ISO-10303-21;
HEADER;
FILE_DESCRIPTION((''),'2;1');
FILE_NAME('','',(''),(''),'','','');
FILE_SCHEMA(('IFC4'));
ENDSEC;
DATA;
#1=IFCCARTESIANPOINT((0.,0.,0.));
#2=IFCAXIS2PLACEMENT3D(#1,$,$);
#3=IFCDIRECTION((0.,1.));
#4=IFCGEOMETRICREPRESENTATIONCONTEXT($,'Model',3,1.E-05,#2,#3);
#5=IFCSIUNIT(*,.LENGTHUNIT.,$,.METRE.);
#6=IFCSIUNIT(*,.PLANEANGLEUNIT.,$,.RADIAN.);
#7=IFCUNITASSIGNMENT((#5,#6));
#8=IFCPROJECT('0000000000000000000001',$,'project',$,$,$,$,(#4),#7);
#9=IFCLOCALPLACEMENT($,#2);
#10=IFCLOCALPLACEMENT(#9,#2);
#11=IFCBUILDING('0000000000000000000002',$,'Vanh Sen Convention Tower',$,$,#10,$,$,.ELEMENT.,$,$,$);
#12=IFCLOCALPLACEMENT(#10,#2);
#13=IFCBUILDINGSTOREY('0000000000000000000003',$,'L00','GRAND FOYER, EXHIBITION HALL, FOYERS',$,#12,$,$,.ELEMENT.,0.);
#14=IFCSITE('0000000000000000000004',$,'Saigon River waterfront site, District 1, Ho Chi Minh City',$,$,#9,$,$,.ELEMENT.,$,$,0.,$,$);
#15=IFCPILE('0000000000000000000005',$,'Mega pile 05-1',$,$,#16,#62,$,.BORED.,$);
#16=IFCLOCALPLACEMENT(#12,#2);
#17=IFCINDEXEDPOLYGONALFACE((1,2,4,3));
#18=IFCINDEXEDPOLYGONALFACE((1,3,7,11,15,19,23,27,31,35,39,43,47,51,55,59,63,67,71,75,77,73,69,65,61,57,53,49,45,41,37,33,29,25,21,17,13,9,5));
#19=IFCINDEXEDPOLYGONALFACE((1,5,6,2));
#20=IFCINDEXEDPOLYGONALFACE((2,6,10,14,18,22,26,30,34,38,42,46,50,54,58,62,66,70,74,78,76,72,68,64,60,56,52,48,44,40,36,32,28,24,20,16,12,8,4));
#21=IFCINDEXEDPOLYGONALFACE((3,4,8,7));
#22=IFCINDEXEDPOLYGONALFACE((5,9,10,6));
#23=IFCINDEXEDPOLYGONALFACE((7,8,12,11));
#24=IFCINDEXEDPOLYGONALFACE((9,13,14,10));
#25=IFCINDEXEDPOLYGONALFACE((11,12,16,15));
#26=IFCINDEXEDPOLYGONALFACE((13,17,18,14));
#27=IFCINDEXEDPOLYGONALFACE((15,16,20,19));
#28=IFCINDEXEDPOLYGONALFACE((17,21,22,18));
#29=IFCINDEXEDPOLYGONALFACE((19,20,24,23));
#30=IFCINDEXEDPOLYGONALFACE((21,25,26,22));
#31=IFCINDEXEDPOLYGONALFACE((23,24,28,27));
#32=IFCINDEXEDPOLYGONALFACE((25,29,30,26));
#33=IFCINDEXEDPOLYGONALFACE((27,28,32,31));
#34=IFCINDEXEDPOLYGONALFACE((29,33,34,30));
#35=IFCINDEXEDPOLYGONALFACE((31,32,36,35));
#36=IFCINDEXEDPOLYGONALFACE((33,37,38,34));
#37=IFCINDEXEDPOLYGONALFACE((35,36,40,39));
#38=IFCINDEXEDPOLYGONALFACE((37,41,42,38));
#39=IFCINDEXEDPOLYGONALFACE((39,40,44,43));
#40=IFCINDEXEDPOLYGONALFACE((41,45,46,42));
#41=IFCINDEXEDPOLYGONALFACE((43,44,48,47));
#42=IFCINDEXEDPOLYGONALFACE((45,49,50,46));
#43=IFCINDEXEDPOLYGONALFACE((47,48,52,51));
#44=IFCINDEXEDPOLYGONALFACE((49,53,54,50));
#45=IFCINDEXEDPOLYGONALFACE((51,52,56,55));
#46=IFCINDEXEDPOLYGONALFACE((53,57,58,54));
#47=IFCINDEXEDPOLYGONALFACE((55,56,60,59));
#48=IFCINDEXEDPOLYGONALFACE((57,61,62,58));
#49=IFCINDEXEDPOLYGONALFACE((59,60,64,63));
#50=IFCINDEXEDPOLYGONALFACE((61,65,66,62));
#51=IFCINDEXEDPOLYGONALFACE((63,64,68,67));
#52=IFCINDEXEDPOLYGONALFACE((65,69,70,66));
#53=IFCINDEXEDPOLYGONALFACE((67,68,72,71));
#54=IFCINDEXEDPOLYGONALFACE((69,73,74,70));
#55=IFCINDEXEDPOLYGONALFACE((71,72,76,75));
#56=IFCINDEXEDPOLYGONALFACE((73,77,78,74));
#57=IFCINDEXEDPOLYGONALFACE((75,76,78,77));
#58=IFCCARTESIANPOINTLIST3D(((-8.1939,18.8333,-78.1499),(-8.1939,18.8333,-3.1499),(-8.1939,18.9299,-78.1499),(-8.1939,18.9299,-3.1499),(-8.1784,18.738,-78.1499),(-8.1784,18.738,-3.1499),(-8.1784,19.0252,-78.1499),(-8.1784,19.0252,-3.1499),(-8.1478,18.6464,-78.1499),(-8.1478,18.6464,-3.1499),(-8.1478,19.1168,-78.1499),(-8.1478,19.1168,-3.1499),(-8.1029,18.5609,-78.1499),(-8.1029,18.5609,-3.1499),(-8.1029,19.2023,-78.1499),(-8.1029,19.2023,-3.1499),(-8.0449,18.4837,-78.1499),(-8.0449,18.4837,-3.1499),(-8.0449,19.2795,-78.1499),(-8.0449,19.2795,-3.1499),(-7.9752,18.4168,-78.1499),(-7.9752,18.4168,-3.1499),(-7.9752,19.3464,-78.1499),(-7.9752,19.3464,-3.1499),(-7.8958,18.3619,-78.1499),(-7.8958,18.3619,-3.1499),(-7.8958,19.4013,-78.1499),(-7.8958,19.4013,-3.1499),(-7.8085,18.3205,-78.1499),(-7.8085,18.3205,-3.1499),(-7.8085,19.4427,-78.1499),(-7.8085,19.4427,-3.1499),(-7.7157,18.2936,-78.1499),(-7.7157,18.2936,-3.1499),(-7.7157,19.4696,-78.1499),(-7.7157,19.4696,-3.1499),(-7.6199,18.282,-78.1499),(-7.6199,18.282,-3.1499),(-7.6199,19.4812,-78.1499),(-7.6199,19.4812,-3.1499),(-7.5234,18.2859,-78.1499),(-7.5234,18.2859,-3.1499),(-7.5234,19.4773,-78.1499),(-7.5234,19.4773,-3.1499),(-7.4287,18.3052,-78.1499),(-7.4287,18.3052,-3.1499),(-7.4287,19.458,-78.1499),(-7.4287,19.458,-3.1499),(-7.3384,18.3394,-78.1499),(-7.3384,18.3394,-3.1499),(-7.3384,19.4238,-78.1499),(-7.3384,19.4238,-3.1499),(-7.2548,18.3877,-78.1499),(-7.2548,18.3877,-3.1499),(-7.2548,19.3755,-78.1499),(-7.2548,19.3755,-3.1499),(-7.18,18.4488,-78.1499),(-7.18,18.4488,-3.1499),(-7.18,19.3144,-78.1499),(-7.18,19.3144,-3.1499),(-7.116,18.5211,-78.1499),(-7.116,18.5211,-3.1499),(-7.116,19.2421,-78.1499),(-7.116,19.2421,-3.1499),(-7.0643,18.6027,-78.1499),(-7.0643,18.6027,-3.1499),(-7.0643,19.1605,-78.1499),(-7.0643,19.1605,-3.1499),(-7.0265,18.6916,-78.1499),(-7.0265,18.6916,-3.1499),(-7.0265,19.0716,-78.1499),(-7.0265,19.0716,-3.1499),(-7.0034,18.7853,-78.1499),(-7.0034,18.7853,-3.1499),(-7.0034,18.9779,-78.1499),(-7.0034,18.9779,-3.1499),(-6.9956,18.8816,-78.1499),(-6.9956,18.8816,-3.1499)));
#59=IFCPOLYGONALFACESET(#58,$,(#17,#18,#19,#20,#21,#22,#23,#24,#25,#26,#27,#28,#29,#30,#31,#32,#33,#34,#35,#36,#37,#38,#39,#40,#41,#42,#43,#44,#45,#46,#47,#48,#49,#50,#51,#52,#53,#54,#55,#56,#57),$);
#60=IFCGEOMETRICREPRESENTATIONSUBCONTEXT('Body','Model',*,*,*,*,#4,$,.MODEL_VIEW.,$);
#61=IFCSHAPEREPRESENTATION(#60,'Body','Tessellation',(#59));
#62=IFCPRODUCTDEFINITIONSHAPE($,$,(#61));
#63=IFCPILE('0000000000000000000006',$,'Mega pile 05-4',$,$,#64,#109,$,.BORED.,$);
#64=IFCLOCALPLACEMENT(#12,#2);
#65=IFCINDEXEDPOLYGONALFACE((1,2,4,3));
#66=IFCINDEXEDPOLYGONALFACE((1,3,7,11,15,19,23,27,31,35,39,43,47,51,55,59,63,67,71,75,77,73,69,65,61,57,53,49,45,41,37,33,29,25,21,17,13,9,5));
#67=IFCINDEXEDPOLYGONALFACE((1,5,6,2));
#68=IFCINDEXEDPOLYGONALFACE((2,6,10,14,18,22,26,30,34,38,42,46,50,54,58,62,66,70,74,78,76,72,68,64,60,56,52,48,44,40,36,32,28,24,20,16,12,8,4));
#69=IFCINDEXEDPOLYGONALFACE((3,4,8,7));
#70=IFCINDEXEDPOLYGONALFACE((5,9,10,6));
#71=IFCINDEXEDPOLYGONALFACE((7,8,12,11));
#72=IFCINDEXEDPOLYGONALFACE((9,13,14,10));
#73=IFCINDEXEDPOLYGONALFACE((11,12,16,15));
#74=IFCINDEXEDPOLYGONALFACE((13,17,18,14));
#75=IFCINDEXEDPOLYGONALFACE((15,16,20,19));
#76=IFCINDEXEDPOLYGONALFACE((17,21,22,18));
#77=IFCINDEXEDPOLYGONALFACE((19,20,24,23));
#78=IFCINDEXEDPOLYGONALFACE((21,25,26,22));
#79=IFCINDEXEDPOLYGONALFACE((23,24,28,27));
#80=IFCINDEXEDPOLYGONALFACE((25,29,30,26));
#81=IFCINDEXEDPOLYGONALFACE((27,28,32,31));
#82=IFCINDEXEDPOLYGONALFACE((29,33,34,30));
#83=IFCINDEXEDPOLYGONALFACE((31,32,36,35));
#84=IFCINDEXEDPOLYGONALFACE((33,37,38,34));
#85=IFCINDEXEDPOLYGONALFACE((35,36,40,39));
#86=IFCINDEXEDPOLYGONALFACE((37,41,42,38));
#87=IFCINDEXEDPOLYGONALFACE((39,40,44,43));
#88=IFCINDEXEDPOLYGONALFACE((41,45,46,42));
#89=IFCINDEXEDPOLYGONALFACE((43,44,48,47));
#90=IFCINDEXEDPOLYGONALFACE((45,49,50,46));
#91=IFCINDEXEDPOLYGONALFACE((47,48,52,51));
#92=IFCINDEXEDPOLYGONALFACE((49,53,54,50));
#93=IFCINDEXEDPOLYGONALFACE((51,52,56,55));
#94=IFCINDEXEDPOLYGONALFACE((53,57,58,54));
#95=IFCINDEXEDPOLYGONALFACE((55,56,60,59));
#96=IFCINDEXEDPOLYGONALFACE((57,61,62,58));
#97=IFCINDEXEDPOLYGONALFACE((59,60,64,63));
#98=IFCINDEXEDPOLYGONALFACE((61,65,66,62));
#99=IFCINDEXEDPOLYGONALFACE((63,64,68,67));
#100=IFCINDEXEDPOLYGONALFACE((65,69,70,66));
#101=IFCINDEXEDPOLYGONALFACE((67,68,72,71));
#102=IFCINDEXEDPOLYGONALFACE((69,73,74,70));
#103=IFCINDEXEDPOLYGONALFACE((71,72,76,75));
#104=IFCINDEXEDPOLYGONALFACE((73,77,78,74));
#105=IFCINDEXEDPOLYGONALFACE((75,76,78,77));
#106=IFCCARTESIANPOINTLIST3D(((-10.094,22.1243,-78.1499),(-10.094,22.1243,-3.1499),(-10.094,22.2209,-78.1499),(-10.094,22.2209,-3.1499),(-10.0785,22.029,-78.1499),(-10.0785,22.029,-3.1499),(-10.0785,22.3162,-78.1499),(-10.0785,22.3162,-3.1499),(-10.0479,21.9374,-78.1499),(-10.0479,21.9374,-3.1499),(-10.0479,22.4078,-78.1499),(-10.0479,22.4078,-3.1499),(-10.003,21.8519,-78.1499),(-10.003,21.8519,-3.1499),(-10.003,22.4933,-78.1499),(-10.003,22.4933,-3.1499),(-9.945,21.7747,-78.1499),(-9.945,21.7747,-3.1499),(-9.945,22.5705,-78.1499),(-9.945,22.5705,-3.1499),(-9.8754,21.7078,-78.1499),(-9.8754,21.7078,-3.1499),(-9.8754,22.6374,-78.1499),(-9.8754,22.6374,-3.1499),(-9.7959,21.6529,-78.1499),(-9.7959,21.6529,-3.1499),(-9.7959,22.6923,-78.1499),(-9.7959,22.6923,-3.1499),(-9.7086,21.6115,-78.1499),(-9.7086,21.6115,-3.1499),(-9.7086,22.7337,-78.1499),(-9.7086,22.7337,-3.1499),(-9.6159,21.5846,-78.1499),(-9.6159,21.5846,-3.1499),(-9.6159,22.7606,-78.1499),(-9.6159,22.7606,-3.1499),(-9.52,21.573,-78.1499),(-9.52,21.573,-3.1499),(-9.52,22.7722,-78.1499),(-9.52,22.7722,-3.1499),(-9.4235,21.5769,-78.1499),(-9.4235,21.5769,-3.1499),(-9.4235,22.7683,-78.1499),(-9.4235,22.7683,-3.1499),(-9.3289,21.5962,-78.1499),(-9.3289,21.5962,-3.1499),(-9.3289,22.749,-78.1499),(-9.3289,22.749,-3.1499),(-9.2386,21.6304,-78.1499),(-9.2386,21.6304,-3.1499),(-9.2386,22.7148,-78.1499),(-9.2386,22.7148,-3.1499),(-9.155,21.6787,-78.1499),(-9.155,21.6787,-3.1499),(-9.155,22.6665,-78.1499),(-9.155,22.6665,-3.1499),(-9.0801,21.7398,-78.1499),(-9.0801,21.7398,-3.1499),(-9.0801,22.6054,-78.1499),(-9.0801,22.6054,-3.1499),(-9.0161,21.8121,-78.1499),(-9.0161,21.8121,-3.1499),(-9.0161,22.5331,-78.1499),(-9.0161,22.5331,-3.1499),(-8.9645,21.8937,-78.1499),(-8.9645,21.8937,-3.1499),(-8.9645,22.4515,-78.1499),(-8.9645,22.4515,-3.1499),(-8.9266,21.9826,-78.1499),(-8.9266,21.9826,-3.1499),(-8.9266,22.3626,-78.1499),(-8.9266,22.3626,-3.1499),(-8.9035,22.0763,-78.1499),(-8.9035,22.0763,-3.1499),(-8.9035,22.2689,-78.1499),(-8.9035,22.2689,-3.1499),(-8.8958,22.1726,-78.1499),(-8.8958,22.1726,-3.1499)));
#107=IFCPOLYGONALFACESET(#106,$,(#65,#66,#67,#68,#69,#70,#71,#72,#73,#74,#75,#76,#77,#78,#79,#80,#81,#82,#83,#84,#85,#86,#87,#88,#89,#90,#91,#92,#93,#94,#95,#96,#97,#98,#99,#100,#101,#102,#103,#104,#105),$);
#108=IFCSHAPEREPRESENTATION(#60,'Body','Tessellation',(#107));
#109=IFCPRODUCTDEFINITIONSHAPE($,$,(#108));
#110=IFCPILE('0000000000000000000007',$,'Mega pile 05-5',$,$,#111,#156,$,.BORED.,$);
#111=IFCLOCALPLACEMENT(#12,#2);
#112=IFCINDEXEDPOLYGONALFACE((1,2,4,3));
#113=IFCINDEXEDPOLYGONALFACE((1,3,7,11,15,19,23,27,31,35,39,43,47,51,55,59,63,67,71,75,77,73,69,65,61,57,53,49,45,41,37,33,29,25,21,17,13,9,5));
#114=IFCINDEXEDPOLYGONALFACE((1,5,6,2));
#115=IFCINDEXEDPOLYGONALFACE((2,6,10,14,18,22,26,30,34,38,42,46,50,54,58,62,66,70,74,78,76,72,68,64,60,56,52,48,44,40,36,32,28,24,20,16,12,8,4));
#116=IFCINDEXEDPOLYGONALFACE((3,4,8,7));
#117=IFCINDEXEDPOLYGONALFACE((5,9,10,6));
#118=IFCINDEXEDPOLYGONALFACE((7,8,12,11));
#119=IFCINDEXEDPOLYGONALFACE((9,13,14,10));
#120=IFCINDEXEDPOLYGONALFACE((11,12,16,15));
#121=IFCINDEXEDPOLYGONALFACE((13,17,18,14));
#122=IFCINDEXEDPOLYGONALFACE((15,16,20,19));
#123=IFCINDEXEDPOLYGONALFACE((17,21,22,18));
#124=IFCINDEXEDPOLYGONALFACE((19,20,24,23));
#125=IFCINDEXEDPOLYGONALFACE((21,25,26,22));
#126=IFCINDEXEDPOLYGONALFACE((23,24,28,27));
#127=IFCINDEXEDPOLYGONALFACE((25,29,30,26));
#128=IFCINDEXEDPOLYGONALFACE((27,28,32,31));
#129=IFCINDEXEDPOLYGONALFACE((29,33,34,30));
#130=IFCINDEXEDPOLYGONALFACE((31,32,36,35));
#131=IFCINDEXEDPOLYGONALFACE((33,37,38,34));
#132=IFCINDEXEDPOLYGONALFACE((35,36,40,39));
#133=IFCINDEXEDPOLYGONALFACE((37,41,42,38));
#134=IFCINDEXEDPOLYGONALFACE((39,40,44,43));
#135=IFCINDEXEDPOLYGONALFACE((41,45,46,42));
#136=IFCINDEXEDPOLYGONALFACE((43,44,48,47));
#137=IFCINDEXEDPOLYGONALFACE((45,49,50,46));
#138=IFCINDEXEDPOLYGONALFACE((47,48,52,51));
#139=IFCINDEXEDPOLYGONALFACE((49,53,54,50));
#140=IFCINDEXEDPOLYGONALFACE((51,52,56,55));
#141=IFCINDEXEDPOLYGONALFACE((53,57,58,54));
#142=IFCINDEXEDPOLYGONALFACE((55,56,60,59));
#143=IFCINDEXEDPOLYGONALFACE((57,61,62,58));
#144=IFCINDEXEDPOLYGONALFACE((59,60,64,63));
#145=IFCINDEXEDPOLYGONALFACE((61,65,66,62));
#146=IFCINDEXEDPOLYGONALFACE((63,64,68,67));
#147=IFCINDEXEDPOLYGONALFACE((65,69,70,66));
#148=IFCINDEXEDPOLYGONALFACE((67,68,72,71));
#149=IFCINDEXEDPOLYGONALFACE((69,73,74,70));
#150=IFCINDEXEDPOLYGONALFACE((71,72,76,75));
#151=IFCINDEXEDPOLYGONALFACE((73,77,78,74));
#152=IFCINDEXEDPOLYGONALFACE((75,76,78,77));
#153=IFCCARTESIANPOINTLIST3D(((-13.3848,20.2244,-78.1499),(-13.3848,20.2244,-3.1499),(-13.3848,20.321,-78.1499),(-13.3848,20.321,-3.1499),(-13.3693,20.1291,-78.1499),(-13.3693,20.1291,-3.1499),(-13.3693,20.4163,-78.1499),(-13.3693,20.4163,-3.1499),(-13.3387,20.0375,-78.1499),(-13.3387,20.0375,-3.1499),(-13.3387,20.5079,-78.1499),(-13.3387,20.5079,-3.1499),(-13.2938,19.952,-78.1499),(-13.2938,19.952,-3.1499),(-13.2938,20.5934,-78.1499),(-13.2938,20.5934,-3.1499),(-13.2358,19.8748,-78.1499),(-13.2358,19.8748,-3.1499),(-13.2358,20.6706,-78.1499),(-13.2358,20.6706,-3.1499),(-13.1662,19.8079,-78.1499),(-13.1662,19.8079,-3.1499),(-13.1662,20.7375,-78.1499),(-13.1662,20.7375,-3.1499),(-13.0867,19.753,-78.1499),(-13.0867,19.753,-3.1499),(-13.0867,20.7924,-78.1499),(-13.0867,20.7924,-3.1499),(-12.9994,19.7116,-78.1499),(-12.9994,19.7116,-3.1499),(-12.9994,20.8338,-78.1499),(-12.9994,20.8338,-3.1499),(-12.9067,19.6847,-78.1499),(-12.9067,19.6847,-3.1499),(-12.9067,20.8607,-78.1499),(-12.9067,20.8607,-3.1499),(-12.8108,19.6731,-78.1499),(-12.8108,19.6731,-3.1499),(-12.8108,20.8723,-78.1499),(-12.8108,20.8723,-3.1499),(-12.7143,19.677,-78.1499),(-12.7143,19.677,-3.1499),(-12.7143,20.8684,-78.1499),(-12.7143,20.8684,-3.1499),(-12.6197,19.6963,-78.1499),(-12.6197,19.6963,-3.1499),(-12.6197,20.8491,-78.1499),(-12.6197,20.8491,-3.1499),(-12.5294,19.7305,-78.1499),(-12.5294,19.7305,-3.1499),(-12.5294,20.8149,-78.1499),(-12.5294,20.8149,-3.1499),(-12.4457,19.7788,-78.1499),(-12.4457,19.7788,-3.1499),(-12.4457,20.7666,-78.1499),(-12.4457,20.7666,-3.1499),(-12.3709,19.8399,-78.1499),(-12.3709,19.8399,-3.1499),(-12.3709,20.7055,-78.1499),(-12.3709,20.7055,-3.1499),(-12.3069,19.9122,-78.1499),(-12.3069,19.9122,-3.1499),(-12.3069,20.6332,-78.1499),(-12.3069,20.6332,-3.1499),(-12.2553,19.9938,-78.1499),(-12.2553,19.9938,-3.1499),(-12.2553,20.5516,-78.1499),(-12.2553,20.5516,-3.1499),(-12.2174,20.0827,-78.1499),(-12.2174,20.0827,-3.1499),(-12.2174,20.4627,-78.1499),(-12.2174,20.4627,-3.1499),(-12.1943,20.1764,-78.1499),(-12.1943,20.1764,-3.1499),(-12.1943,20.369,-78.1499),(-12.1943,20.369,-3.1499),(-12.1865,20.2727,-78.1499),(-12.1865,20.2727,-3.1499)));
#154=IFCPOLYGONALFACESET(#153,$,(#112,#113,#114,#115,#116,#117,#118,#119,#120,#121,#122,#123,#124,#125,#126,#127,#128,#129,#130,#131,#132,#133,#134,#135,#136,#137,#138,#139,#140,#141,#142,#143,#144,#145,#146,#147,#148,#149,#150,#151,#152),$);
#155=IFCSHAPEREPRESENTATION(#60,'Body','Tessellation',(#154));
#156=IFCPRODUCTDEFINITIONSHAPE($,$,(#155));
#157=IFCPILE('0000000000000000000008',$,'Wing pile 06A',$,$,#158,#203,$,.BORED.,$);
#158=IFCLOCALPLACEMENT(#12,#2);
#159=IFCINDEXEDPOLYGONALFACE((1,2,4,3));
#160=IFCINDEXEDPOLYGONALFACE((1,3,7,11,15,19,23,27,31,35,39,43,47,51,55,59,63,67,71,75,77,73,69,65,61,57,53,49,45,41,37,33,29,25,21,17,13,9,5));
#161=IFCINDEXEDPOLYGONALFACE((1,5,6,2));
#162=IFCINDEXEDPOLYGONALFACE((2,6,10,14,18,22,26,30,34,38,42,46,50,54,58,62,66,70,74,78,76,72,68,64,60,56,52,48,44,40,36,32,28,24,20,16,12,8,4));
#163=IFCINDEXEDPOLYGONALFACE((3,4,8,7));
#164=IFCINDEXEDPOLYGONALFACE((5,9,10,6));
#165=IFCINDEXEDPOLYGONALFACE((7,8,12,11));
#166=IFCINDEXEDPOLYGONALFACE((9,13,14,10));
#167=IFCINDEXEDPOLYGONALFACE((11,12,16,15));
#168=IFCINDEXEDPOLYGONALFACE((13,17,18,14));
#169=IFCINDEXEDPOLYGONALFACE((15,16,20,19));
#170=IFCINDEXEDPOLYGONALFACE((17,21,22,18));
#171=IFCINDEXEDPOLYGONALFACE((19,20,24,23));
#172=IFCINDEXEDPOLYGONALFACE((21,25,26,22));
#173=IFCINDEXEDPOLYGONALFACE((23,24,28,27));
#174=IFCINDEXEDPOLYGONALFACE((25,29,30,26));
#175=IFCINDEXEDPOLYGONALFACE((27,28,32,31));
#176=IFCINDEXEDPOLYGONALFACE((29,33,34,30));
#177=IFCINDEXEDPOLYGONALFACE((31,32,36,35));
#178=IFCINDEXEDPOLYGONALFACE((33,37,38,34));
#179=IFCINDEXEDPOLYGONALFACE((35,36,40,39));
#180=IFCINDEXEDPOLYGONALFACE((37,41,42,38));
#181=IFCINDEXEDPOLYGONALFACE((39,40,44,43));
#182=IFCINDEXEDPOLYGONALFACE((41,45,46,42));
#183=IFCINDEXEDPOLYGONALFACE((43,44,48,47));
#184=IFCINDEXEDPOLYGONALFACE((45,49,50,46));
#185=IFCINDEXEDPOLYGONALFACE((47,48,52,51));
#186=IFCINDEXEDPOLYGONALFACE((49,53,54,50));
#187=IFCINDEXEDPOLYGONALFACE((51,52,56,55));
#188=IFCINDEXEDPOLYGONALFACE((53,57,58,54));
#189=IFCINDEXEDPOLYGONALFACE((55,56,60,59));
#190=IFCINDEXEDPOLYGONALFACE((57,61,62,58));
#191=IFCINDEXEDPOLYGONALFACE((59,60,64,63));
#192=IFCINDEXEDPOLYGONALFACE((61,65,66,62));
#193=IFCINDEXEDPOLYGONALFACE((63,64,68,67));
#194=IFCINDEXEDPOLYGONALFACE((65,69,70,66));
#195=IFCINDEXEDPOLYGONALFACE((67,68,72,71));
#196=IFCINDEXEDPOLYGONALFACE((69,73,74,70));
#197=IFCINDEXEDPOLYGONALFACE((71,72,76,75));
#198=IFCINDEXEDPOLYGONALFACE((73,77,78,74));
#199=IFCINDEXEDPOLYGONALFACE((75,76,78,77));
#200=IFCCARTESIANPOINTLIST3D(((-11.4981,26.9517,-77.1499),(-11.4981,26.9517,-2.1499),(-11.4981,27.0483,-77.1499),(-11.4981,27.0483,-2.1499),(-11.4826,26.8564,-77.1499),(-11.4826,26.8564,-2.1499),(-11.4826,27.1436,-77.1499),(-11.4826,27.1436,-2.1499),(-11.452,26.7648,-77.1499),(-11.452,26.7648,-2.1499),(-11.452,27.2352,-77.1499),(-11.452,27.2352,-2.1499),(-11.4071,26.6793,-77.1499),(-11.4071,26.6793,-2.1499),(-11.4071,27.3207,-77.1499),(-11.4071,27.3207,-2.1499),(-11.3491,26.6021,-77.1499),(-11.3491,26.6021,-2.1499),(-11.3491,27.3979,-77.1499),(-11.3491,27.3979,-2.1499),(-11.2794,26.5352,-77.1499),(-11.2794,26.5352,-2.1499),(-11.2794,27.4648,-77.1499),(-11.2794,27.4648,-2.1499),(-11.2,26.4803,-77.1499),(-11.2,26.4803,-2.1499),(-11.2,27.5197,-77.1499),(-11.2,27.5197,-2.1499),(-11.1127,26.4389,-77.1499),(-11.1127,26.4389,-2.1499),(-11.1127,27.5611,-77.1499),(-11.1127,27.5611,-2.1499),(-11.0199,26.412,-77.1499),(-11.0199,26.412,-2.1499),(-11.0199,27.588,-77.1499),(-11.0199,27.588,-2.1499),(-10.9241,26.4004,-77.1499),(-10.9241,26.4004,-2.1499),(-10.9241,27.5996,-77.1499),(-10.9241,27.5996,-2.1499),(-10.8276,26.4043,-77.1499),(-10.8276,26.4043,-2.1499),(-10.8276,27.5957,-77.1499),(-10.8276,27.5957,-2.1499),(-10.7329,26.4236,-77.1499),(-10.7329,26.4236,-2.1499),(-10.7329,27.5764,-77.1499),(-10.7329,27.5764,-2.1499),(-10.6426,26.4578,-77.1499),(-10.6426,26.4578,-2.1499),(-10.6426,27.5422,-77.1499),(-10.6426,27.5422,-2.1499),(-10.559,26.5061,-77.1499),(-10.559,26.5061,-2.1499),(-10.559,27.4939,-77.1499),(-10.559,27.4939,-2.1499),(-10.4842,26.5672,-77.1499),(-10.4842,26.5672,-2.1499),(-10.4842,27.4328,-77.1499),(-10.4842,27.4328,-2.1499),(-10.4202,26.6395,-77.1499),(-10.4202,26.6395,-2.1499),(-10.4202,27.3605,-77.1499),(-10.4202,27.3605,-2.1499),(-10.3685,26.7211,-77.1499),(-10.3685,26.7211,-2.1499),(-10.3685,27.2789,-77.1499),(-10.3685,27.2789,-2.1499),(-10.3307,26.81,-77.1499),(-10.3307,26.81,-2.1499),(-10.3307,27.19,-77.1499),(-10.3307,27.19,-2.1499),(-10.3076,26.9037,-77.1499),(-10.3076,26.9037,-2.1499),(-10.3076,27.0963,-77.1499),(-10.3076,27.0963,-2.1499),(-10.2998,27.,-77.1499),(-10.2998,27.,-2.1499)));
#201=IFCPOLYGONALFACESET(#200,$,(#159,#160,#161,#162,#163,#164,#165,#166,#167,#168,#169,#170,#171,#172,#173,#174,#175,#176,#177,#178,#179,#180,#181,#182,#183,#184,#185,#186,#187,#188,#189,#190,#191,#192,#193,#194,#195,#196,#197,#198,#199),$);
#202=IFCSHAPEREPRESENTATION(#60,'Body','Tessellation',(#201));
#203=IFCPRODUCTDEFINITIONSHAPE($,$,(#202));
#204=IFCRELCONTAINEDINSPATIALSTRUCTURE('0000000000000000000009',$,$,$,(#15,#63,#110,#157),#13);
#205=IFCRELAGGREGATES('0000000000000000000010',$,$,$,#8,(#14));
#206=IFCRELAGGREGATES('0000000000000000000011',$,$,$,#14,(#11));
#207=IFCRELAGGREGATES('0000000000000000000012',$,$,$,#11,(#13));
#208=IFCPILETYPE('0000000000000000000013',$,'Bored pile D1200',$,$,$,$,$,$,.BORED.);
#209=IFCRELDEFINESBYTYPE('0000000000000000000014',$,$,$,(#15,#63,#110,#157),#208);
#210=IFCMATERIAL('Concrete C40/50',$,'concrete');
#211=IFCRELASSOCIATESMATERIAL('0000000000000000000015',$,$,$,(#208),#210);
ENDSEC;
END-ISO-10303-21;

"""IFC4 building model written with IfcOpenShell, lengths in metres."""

from ifc_helpers import new_model, si_unit, direction, frame, origin, origin_2d, place, context, subcontext, project, spatial, circle, extrude, material, material_profile, profile_set, type_object, element, save


model = new_model("IFC4")

# Units and contexts
model_context = context("Model", 3, precision=1e-05, world=origin(), true_north=direction((0.0, 1.0)))
body_context = subcontext(model_context, "Body", "Model", "MODEL_VIEW")
ifc_project = project(units=[si_unit("LENGTHUNIT", "METRE"), si_unit("PLANEANGLEUNIT", "RADIAN")], contexts=[model_context])

# Site, building, storey
site_placement = place(None, origin())
site = spatial("IfcSite", under=ifc_project, at=site_placement, Name="Saigon River waterfront site, District 1, Ho Chi Minh City", CompositionType="ELEMENT", RefElevation=0.0)
building_placement = place(site_placement, origin())
building = spatial("IfcBuilding", under=site, at=building_placement, Name="Vanh Sen Convention Tower", CompositionType="ELEMENT")
storey_placement = place(building_placement, origin())
storey = spatial("IfcBuildingStorey", under=building, at=storey_placement, Name="L00", Description="GRAND FOYER, EXHIBITION HALL, FOYERS", CompositionType="ELEMENT", Elevation=0.0)

# Piles
ifc_material_1 = material(Name="Concrete C40/50", Category="concrete")
ifc_material_profile_1 = material_profile(ifc_material_1, circle(Radius=0.6001, at=origin_2d()), Name="Bored pile D1200")
ifc_profile_set_1 = profile_set([ifc_material_profile_1], Name="Concrete C40/50")
pile_type = type_object("IfcPileType", Name="Bored pile D1200", PredefinedType="BORED", material=ifc_profile_set_1)
for number, where, z_axis, x_axis, name in (
    (1, (-7.5957, 18.8816, -3.1499), (0.0, 0.0, -1.0), (1.0, 0.0, 0.0), "Mega pile 05-1"),
    (2, (-9.4958, 22.1726, -3.1499), (0.0, 0.0, -1.0), (1.0, 0.0, 0.0), "Mega pile 05-4"),
    (3, (-12.7866, 20.2727, -3.1499), (0.0, 0.0, -1.0), (1.0, 0.0, 0.0), "Mega pile 05-5"),
    (4, (-10.8999, 27.0, -2.1499), (0.0, 0.0, -1.0), (1.0, 0.0, 0.0), "Wing pile 06A"),
):
    element("IfcPile", number, at=place(storey_placement, frame(where, z_axis=z_axis, x_axis=x_axis)), inside=storey, type_object=pile_type, Name=name, PredefinedType="BORED", context=body_context, shape_type="SweptSolid", body=[
        extrude(circle(Radius=0.6001, at=origin_2d()), origin(), (0.0, 0.0, 1.0), 75.0),
    ])

save(model, "model.ifc")
